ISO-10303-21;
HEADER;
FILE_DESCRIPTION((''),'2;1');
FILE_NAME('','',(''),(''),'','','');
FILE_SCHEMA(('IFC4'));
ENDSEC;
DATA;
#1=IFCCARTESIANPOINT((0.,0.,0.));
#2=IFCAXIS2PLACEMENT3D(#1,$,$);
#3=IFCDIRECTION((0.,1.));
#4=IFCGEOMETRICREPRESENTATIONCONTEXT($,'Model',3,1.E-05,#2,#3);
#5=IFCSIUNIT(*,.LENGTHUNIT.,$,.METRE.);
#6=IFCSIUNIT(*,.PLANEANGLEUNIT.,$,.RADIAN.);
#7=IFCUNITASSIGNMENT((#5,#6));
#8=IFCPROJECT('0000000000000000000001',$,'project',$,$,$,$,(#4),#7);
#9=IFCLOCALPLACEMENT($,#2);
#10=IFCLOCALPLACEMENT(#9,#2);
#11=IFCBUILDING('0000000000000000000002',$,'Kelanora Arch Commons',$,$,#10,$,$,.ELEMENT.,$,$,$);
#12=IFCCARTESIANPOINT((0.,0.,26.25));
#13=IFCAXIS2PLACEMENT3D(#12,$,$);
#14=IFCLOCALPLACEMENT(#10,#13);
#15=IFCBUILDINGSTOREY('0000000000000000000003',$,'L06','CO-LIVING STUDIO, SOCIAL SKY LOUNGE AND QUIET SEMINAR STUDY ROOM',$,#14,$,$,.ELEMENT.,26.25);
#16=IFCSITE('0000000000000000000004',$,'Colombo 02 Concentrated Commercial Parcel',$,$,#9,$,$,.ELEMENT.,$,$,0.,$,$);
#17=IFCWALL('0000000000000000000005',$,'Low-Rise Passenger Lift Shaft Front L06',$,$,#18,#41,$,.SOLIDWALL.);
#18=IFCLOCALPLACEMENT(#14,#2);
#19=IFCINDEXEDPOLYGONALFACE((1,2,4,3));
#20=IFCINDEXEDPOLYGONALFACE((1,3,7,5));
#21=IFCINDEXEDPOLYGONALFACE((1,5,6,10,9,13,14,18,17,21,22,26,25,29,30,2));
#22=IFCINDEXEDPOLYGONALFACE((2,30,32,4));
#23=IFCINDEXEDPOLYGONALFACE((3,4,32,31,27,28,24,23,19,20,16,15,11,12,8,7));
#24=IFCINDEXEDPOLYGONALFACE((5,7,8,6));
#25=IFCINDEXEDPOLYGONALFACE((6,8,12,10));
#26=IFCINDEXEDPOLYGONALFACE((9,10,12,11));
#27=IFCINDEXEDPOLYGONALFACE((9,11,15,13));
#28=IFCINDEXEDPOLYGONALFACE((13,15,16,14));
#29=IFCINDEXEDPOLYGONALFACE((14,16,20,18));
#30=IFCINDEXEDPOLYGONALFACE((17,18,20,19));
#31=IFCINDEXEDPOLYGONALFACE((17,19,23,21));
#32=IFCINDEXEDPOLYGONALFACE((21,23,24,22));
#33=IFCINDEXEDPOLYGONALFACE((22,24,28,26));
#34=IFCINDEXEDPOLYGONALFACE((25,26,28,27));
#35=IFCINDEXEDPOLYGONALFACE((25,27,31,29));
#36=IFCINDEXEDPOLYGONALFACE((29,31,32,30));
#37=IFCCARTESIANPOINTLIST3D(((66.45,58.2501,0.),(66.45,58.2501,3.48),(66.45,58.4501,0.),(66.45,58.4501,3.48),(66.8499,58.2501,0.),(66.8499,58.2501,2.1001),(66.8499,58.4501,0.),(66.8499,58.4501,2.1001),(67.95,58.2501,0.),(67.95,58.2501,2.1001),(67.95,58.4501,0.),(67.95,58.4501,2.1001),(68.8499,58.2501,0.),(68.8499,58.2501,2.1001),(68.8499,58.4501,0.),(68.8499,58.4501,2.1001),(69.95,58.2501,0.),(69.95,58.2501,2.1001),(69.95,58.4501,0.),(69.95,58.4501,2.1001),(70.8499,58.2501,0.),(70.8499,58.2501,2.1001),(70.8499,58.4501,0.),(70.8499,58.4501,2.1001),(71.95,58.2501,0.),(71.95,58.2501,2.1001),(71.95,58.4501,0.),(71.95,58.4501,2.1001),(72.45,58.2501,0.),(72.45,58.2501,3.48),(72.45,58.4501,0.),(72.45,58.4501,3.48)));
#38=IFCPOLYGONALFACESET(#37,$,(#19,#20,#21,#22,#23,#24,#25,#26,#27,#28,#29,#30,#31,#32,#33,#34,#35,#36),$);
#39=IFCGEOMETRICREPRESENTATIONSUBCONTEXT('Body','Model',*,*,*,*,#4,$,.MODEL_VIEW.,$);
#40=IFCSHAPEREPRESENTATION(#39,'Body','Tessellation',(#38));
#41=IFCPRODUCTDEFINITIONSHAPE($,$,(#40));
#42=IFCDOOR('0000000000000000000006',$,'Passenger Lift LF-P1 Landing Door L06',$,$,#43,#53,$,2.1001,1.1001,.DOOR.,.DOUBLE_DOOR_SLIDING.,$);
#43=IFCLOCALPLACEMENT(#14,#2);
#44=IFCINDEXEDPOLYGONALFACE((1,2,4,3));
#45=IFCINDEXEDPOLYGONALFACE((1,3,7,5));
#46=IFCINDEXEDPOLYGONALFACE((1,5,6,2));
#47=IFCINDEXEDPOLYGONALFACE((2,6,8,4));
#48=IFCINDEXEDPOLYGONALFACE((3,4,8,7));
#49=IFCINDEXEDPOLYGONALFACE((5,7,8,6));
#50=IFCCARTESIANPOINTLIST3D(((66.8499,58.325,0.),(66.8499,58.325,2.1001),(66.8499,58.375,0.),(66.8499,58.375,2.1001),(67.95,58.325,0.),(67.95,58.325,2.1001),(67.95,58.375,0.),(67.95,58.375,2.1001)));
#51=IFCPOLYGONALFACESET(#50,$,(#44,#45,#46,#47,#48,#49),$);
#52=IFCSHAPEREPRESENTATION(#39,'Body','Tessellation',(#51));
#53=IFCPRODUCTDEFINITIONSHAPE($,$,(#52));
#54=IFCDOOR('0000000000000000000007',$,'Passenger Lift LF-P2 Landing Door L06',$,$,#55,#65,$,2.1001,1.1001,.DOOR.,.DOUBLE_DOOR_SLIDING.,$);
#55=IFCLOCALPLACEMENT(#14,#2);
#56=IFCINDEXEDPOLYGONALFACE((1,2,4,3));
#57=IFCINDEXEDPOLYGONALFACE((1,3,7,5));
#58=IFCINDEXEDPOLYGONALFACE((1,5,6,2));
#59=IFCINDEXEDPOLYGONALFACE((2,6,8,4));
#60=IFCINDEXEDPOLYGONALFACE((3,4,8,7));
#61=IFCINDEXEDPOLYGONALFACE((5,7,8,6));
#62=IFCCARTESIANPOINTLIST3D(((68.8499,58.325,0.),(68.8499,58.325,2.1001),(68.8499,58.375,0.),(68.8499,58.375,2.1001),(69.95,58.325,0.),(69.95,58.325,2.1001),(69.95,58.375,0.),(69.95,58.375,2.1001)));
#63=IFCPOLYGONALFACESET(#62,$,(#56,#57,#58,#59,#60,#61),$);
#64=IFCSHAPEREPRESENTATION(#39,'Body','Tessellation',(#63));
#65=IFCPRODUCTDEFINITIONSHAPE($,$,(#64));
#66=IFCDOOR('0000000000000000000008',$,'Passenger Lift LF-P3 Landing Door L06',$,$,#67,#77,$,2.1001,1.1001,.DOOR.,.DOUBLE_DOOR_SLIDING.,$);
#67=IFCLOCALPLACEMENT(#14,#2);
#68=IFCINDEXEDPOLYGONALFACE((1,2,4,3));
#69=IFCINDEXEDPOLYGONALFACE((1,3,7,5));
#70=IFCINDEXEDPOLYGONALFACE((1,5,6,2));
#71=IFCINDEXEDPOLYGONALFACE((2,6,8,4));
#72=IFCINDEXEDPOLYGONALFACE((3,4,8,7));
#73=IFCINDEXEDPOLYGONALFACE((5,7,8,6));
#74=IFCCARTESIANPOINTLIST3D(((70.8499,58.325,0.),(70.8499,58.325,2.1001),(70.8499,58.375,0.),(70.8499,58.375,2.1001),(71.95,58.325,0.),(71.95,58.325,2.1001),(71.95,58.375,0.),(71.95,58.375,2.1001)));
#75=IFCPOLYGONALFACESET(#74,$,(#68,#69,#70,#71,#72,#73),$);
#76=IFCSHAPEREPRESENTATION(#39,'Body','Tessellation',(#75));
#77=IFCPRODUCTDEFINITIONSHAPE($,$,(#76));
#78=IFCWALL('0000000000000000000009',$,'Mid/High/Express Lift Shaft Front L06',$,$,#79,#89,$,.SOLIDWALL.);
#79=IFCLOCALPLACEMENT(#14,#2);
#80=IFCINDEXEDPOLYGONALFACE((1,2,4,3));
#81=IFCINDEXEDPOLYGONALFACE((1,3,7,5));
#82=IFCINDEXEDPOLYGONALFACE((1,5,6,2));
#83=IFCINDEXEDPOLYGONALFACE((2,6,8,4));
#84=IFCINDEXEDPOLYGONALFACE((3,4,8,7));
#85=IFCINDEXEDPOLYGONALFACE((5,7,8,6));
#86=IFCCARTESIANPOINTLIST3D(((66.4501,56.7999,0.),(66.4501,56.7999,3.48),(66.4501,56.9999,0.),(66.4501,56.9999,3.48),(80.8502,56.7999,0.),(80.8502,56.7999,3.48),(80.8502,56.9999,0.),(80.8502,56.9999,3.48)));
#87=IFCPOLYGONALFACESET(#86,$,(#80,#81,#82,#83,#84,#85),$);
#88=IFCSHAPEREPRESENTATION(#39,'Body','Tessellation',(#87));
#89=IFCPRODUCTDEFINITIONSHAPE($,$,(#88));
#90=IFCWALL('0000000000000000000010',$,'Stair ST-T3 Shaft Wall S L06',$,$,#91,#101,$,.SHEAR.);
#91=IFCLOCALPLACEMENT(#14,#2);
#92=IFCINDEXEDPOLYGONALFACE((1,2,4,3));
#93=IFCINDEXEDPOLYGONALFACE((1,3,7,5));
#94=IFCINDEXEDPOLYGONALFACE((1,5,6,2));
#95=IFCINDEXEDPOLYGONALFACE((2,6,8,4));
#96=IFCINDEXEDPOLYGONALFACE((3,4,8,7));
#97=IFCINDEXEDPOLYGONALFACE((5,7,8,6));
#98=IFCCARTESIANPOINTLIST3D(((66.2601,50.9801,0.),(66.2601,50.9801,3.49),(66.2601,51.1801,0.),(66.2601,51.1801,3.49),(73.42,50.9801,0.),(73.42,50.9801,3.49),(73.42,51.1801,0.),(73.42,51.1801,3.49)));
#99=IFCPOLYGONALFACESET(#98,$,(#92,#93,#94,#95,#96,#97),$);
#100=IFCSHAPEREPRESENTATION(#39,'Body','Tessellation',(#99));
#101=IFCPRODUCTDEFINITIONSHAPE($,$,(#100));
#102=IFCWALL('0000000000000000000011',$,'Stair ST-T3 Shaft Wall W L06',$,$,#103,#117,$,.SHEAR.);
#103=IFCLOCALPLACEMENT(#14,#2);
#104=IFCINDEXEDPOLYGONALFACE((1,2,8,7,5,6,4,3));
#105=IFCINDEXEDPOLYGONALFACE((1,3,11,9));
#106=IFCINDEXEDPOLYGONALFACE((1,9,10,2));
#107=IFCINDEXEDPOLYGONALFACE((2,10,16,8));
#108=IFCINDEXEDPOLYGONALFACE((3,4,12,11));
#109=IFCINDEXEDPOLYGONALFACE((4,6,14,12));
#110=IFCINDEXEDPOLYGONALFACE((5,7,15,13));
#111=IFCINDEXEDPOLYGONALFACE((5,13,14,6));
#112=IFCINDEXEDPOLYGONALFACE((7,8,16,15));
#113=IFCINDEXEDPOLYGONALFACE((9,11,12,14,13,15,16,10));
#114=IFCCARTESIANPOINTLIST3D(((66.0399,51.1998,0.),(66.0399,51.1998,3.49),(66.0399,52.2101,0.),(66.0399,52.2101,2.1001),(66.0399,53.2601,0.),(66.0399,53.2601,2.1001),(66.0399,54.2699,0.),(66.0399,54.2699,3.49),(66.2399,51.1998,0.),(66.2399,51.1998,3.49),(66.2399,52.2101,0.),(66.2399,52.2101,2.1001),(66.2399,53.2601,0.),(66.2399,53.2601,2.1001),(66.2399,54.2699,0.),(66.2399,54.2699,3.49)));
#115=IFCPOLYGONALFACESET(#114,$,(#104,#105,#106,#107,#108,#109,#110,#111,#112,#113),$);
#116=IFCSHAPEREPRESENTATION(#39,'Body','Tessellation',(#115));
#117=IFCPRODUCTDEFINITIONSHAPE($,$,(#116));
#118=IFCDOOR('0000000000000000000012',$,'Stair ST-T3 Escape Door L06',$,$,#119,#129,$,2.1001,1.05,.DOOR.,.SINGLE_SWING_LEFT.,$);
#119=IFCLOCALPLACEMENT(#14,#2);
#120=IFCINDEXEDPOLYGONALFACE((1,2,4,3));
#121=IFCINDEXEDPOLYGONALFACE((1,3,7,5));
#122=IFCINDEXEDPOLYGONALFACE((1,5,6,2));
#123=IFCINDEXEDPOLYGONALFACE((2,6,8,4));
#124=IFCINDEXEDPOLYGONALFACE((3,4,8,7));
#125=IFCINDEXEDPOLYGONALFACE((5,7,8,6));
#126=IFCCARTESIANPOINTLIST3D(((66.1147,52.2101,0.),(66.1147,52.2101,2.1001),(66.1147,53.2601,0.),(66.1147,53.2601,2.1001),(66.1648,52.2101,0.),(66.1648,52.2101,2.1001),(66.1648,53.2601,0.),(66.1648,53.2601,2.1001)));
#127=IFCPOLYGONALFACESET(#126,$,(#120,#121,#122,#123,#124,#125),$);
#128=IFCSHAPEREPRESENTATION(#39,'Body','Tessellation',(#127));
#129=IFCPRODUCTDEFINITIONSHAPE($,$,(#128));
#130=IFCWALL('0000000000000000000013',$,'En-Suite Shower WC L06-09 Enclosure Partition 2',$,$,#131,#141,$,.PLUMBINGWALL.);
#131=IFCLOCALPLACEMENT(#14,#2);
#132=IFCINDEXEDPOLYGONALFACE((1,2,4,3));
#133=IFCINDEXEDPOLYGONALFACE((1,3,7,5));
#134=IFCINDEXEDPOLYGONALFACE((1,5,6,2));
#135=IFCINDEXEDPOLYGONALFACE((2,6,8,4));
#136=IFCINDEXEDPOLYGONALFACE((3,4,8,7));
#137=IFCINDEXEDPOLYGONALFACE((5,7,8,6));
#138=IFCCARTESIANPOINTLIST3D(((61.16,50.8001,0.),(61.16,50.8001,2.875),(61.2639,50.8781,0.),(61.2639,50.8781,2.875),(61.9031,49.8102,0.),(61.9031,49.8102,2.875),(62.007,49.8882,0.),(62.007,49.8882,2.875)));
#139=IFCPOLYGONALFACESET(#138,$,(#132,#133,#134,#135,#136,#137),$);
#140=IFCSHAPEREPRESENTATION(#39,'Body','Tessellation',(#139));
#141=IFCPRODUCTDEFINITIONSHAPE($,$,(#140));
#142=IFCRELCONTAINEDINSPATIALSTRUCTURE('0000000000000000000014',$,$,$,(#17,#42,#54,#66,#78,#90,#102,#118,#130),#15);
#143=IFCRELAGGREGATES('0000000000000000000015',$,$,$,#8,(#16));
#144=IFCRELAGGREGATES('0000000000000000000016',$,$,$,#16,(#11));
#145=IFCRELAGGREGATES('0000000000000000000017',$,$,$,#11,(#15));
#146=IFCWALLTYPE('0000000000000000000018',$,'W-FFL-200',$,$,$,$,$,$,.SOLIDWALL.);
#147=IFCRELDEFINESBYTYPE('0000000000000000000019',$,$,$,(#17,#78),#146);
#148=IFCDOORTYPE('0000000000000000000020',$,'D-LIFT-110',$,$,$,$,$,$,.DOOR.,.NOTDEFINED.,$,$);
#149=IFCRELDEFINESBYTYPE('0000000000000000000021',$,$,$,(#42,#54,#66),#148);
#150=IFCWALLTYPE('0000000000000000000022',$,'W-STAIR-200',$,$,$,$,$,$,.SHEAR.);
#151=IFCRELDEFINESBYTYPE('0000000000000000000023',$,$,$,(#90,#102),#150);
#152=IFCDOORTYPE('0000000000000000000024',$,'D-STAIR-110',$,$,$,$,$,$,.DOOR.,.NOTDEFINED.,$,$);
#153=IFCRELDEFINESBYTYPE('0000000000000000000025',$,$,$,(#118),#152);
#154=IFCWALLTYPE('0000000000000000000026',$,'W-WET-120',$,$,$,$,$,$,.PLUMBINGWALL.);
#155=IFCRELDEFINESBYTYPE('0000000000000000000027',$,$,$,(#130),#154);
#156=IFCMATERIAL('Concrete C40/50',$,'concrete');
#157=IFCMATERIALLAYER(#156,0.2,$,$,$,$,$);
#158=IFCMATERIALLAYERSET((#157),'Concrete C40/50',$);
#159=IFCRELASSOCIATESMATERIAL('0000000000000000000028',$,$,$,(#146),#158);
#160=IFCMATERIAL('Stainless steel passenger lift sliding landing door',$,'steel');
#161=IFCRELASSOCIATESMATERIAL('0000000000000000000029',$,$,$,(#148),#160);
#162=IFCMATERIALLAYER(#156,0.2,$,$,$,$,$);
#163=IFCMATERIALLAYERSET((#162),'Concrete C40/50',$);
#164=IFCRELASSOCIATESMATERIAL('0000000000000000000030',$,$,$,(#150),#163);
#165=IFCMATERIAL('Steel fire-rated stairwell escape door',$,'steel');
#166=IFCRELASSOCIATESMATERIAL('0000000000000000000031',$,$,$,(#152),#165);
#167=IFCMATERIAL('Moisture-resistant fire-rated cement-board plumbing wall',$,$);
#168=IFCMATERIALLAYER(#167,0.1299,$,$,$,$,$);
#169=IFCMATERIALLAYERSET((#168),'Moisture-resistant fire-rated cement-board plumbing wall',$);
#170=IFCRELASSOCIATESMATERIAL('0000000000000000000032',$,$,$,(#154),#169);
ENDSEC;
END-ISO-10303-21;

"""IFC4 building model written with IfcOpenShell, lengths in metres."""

from ifc_helpers import new_model, si_unit, direction, frame, frame_2d, origin, place, context, subcontext, project, spatial, rectangle, extrude, material, layer, layer_set, type_object, element, fill, save


model = new_model("IFC4")

# Units and contexts
model_context = context("Model", 3, precision=1e-05, world=origin(), true_north=direction((0.0, 1.0)))
body_context = subcontext(model_context, "Body", "Model", "MODEL_VIEW")
ifc_project = project(units=[si_unit("LENGTHUNIT", "METRE"), si_unit("PLANEANGLEUNIT", "RADIAN")], contexts=[model_context])

# Site, building, storey
site_placement = place(None, origin())
site = spatial("IfcSite", under=ifc_project, at=site_placement, Name="Colombo 02 Concentrated Commercial Parcel", CompositionType="ELEMENT", RefElevation=0.0)
building_placement = place(site_placement, origin())
building = spatial("IfcBuilding", under=site, at=building_placement, Name="Kelanora Arch Commons", CompositionType="ELEMENT")
storey_placement = place(building_placement, frame((0.0, 0.0, 26.25)))
storey = spatial("IfcBuildingStorey", under=building, at=storey_placement, Name="L06", Description="CO-LIVING STUDIO, SOCIAL SKY LOUNGE AND QUIET SEMINAR STUDY ROOM", CompositionType="ELEMENT", Elevation=26.25)

# Wall, openings, doors
ifc_material_1 = material(Name="Concrete C40/50", Category="concrete")
ifc_layer_1 = layer(ifc_material_1, 0.2)
ifc_layer_set_1 = layer_set([ifc_layer_1], Name="Concrete C40/50")
wall_type_1 = type_object("IfcWallType", Name="W-FFL-200", PredefinedType="SOLIDWALL", material=ifc_layer_set_1)
wall_1_placement = place(storey_placement, frame((66.45, 58.3501, 0.0), z_axis=(0.0, 0.0, 1.0), x_axis=(1.0, 0.0, 0.0)))
wall_1 = element("IfcWall", 1, at=wall_1_placement, inside=storey, type_object=wall_type_1, Name="Low-Rise Passenger Lift Shaft Front L06", PredefinedType="SOLIDWALL", context=body_context, shape_type="SweptSolid", body=[
    extrude(rectangle(XDim=6.0, YDim=0.2, at=frame_2d((3.0, 0.0))), origin(), (0.0, 0.0, 1.0), 3.48),
])
opening_1_placement = place(wall_1_placement, frame((0.3999, 0.0, 0.0)))
opening_1 = element("IfcOpeningElement", 2, at=opening_1_placement, cuts=wall_1, PredefinedType="OPENING", context=body_context, shape_type="SweptSolid", body=[
    extrude(rectangle(XDim=1.1001, YDim=2.1001, at=frame_2d((0.55, 1.05))), frame((0.0, 0.1099, 0.0), z_axis=(0.0, -1.0, 0.0), x_axis=(1.0, 0.0, 0.0)), (0.0, 0.0, 1.0), 0.22),
])
opening_2_placement = place(wall_1_placement, frame((2.3999, 0.0, 0.0)))
opening_2 = element("IfcOpeningElement", 3, at=opening_2_placement, cuts=wall_1, PredefinedType="OPENING", context=body_context, shape_type="SweptSolid", body=[
    extrude(rectangle(XDim=1.1001, YDim=2.1001, at=frame_2d((0.55, 1.05))), frame((0.0, 0.1099, 0.0), z_axis=(0.0, -1.0, 0.0), x_axis=(1.0, 0.0, 0.0)), (0.0, 0.0, 1.0), 0.22),
])
opening_3_placement = place(wall_1_placement, frame((4.3999, 0.0, 0.0)))
opening_3 = element("IfcOpeningElement", 4, at=opening_3_placement, cuts=wall_1, PredefinedType="OPENING", context=body_context, shape_type="SweptSolid", body=[
    extrude(rectangle(XDim=1.1001, YDim=2.1001, at=frame_2d((0.55, 1.05))), frame((0.0, 0.1099, 0.0), z_axis=(0.0, -1.0, 0.0), x_axis=(1.0, 0.0, 0.0)), (0.0, 0.0, 1.0), 0.22),
])
ifc_material_2 = material(Name="Stainless steel passenger lift sliding landing door", Category="steel")
door_type_1 = type_object("IfcDoorType", Name="D-LIFT-110", OperationType="NOTDEFINED", PredefinedType="DOOR", material=ifc_material_2)
door_1_placement = place(opening_1_placement, origin())
door_1 = element("IfcDoor", 5, at=door_1_placement, inside=storey, type_object=door_type_1, Name="Passenger Lift LF-P1 Landing Door L06", OperationType="DOUBLE_DOOR_SLIDING", OverallHeight=2.1001, OverallWidth=1.1001, PredefinedType="DOOR", context=body_context, shape_type="SweptSolid", body=[
    extrude(rectangle(XDim=1.1001, YDim=2.1001, at=frame_2d((0.55, 1.05))), frame((0.0, 0.0249, 0.0), z_axis=(0.0, -1.0, 0.0), x_axis=(1.0, 0.0, 0.0)), (0.0, 0.0, 1.0), 0.05),
])
fill(opening_1, door_1)
door_2_placement = place(opening_2_placement, origin())
door_2 = element("IfcDoor", 6, at=door_2_placement, inside=storey, type_object=door_type_1, Name="Passenger Lift LF-P2 Landing Door L06", OperationType="DOUBLE_DOOR_SLIDING", OverallHeight=2.1001, OverallWidth=1.1001, PredefinedType="DOOR", context=body_context, shape_type="SweptSolid", body=[
    extrude(rectangle(XDim=1.1001, YDim=2.1001, at=frame_2d((0.55, 1.05))), frame((0.0, 0.0249, 0.0), z_axis=(0.0, -1.0, 0.0), x_axis=(1.0, 0.0, 0.0)), (0.0, 0.0, 1.0), 0.05),
])
fill(opening_2, door_2)
door_3_placement = place(opening_3_placement, origin())
door_3 = element("IfcDoor", 7, at=door_3_placement, inside=storey, type_object=door_type_1, Name="Passenger Lift LF-P3 Landing Door L06", OperationType="DOUBLE_DOOR_SLIDING", OverallHeight=2.1001, OverallWidth=1.1001, PredefinedType="DOOR", context=body_context, shape_type="SweptSolid", body=[
    extrude(rectangle(XDim=1.1001, YDim=2.1001, at=frame_2d((0.55, 1.05))), frame((0.0, 0.0249, 0.0), z_axis=(0.0, -1.0, 0.0), x_axis=(1.0, 0.0, 0.0)), (0.0, 0.0, 1.0), 0.05),
])
fill(opening_3, door_3)

# Walls
wall_2_placement = place(storey_placement, frame((66.45, 56.8999, 0.0), z_axis=(0.0, 0.0, 1.0), x_axis=(1.0, 0.0, 0.0)))
element("IfcWall", 8, at=wall_2_placement, inside=storey, type_object=wall_type_1, Name="Mid/High/Express Lift Shaft Front L06", PredefinedType="SOLIDWALL", context=body_context, shape_type="SweptSolid", body=[
    extrude(rectangle(XDim=14.4001, YDim=0.2, at=frame_2d((7.2002, 0.0))), origin(), (0.0, 0.0, 1.0), 3.48),
])
ifc_layer_2 = layer(ifc_material_1, 0.2)
ifc_layer_set_2 = layer_set([ifc_layer_2], Name="Concrete C40/50")
wall_type_2 = type_object("IfcWallType", Name="W-STAIR-200", PredefinedType="SHEAR", material=ifc_layer_set_2)
wall_3_placement = place(storey_placement, frame((66.26, 51.0801, 0.0), z_axis=(0.0, 0.0, 1.0), x_axis=(1.0, 0.0, 0.0)))
element("IfcWall", 9, at=wall_3_placement, inside=storey, type_object=wall_type_2, Name="Stair ST-T3 Shaft Wall S L06", PredefinedType="SHEAR", context=body_context, shape_type="SweptSolid", body=[
    extrude(rectangle(XDim=7.1599, YDim=0.2, at=frame_2d((3.5801, 0.0))), origin(), (0.0, 0.0, 1.0), 3.49),
])

# Wall, opening, door
wall_4_placement = place(storey_placement, frame((66.1399, 54.27, 0.0), z_axis=(0.0, 0.0, 1.0), x_axis=(0.0, -1.0, 0.0)))
wall_4 = element("IfcWall", 10, at=wall_4_placement, inside=storey, type_object=wall_type_2, Name="Stair ST-T3 Shaft Wall W L06", PredefinedType="SHEAR", context=body_context, shape_type="SweptSolid", body=[
    extrude(rectangle(XDim=3.0701, YDim=0.2, at=frame_2d((1.5352, 0.0))), origin(), (0.0, 0.0, 1.0), 3.49),
])
opening_4_placement = place(wall_4_placement, frame((1.01, 0.0, 0.0)))
opening_4 = element("IfcOpeningElement", 11, at=opening_4_placement, cuts=wall_4, PredefinedType="OPENING", context=body_context, shape_type="SweptSolid", body=[
    extrude(rectangle(XDim=1.05, YDim=2.1001, at=frame_2d((0.5249, 1.05))), frame((0.0, 0.1099, 0.0), z_axis=(0.0, -1.0, 0.0), x_axis=(1.0, 0.0, 0.0)), (0.0, 0.0, 1.0), 0.22),
])
ifc_material_3 = material(Name="Steel fire-rated stairwell escape door", Category="steel")
door_type_2 = type_object("IfcDoorType", Name="D-STAIR-110", OperationType="NOTDEFINED", PredefinedType="DOOR", material=ifc_material_3)
door_4_placement = place(opening_4_placement, origin())
door_4 = element("IfcDoor", 12, at=door_4_placement, inside=storey, type_object=door_type_2, Name="Stair ST-T3 Escape Door L06", OperationType="SINGLE_SWING_LEFT", OverallHeight=2.1001, OverallWidth=1.05, PredefinedType="DOOR", context=body_context, shape_type="SweptSolid", body=[
    extrude(rectangle(XDim=1.05, YDim=2.1001, at=frame_2d((0.5249, 1.05))), frame((0.0, 0.0249, 0.0), z_axis=(0.0, -1.0, 0.0), x_axis=(1.0, 0.0, 0.0)), (0.0, 0.0, 1.0), 0.05),
])
fill(opening_4, door_4)

# Wall
ifc_material_4 = material(Name="Moisture-resistant fire-rated cement-board plumbing wall")
ifc_layer_3 = layer(ifc_material_4, 0.1299)
ifc_layer_set_3 = layer_set([ifc_layer_3], Name="Moisture-resistant fire-rated cement-board plumbing wall")
wall_type_3 = type_object("IfcWallType", Name="W-WET-120", PredefinedType="PLUMBINGWALL", material=ifc_layer_set_3)
wall_5_placement = place(storey_placement, frame((61.2119, 50.8391, 0.0), z_axis=(0.0, 0.0, 1.0), x_axis=(0.600347, -0.79974, 0.0)))
element("IfcWall", 13, at=wall_5_placement, inside=storey, type_object=wall_type_3, Name="En-Suite Shower WC L06-09 Enclosure Partition 2", PredefinedType="PLUMBINGWALL", context=body_context, shape_type="SweptSolid", body=[
    extrude(rectangle(XDim=1.2378, YDim=0.1299, at=frame_2d((0.6189, 0.0))), origin(), (0.0, 0.0, 1.0), 2.875),
])

save(model, "model.ifc")
